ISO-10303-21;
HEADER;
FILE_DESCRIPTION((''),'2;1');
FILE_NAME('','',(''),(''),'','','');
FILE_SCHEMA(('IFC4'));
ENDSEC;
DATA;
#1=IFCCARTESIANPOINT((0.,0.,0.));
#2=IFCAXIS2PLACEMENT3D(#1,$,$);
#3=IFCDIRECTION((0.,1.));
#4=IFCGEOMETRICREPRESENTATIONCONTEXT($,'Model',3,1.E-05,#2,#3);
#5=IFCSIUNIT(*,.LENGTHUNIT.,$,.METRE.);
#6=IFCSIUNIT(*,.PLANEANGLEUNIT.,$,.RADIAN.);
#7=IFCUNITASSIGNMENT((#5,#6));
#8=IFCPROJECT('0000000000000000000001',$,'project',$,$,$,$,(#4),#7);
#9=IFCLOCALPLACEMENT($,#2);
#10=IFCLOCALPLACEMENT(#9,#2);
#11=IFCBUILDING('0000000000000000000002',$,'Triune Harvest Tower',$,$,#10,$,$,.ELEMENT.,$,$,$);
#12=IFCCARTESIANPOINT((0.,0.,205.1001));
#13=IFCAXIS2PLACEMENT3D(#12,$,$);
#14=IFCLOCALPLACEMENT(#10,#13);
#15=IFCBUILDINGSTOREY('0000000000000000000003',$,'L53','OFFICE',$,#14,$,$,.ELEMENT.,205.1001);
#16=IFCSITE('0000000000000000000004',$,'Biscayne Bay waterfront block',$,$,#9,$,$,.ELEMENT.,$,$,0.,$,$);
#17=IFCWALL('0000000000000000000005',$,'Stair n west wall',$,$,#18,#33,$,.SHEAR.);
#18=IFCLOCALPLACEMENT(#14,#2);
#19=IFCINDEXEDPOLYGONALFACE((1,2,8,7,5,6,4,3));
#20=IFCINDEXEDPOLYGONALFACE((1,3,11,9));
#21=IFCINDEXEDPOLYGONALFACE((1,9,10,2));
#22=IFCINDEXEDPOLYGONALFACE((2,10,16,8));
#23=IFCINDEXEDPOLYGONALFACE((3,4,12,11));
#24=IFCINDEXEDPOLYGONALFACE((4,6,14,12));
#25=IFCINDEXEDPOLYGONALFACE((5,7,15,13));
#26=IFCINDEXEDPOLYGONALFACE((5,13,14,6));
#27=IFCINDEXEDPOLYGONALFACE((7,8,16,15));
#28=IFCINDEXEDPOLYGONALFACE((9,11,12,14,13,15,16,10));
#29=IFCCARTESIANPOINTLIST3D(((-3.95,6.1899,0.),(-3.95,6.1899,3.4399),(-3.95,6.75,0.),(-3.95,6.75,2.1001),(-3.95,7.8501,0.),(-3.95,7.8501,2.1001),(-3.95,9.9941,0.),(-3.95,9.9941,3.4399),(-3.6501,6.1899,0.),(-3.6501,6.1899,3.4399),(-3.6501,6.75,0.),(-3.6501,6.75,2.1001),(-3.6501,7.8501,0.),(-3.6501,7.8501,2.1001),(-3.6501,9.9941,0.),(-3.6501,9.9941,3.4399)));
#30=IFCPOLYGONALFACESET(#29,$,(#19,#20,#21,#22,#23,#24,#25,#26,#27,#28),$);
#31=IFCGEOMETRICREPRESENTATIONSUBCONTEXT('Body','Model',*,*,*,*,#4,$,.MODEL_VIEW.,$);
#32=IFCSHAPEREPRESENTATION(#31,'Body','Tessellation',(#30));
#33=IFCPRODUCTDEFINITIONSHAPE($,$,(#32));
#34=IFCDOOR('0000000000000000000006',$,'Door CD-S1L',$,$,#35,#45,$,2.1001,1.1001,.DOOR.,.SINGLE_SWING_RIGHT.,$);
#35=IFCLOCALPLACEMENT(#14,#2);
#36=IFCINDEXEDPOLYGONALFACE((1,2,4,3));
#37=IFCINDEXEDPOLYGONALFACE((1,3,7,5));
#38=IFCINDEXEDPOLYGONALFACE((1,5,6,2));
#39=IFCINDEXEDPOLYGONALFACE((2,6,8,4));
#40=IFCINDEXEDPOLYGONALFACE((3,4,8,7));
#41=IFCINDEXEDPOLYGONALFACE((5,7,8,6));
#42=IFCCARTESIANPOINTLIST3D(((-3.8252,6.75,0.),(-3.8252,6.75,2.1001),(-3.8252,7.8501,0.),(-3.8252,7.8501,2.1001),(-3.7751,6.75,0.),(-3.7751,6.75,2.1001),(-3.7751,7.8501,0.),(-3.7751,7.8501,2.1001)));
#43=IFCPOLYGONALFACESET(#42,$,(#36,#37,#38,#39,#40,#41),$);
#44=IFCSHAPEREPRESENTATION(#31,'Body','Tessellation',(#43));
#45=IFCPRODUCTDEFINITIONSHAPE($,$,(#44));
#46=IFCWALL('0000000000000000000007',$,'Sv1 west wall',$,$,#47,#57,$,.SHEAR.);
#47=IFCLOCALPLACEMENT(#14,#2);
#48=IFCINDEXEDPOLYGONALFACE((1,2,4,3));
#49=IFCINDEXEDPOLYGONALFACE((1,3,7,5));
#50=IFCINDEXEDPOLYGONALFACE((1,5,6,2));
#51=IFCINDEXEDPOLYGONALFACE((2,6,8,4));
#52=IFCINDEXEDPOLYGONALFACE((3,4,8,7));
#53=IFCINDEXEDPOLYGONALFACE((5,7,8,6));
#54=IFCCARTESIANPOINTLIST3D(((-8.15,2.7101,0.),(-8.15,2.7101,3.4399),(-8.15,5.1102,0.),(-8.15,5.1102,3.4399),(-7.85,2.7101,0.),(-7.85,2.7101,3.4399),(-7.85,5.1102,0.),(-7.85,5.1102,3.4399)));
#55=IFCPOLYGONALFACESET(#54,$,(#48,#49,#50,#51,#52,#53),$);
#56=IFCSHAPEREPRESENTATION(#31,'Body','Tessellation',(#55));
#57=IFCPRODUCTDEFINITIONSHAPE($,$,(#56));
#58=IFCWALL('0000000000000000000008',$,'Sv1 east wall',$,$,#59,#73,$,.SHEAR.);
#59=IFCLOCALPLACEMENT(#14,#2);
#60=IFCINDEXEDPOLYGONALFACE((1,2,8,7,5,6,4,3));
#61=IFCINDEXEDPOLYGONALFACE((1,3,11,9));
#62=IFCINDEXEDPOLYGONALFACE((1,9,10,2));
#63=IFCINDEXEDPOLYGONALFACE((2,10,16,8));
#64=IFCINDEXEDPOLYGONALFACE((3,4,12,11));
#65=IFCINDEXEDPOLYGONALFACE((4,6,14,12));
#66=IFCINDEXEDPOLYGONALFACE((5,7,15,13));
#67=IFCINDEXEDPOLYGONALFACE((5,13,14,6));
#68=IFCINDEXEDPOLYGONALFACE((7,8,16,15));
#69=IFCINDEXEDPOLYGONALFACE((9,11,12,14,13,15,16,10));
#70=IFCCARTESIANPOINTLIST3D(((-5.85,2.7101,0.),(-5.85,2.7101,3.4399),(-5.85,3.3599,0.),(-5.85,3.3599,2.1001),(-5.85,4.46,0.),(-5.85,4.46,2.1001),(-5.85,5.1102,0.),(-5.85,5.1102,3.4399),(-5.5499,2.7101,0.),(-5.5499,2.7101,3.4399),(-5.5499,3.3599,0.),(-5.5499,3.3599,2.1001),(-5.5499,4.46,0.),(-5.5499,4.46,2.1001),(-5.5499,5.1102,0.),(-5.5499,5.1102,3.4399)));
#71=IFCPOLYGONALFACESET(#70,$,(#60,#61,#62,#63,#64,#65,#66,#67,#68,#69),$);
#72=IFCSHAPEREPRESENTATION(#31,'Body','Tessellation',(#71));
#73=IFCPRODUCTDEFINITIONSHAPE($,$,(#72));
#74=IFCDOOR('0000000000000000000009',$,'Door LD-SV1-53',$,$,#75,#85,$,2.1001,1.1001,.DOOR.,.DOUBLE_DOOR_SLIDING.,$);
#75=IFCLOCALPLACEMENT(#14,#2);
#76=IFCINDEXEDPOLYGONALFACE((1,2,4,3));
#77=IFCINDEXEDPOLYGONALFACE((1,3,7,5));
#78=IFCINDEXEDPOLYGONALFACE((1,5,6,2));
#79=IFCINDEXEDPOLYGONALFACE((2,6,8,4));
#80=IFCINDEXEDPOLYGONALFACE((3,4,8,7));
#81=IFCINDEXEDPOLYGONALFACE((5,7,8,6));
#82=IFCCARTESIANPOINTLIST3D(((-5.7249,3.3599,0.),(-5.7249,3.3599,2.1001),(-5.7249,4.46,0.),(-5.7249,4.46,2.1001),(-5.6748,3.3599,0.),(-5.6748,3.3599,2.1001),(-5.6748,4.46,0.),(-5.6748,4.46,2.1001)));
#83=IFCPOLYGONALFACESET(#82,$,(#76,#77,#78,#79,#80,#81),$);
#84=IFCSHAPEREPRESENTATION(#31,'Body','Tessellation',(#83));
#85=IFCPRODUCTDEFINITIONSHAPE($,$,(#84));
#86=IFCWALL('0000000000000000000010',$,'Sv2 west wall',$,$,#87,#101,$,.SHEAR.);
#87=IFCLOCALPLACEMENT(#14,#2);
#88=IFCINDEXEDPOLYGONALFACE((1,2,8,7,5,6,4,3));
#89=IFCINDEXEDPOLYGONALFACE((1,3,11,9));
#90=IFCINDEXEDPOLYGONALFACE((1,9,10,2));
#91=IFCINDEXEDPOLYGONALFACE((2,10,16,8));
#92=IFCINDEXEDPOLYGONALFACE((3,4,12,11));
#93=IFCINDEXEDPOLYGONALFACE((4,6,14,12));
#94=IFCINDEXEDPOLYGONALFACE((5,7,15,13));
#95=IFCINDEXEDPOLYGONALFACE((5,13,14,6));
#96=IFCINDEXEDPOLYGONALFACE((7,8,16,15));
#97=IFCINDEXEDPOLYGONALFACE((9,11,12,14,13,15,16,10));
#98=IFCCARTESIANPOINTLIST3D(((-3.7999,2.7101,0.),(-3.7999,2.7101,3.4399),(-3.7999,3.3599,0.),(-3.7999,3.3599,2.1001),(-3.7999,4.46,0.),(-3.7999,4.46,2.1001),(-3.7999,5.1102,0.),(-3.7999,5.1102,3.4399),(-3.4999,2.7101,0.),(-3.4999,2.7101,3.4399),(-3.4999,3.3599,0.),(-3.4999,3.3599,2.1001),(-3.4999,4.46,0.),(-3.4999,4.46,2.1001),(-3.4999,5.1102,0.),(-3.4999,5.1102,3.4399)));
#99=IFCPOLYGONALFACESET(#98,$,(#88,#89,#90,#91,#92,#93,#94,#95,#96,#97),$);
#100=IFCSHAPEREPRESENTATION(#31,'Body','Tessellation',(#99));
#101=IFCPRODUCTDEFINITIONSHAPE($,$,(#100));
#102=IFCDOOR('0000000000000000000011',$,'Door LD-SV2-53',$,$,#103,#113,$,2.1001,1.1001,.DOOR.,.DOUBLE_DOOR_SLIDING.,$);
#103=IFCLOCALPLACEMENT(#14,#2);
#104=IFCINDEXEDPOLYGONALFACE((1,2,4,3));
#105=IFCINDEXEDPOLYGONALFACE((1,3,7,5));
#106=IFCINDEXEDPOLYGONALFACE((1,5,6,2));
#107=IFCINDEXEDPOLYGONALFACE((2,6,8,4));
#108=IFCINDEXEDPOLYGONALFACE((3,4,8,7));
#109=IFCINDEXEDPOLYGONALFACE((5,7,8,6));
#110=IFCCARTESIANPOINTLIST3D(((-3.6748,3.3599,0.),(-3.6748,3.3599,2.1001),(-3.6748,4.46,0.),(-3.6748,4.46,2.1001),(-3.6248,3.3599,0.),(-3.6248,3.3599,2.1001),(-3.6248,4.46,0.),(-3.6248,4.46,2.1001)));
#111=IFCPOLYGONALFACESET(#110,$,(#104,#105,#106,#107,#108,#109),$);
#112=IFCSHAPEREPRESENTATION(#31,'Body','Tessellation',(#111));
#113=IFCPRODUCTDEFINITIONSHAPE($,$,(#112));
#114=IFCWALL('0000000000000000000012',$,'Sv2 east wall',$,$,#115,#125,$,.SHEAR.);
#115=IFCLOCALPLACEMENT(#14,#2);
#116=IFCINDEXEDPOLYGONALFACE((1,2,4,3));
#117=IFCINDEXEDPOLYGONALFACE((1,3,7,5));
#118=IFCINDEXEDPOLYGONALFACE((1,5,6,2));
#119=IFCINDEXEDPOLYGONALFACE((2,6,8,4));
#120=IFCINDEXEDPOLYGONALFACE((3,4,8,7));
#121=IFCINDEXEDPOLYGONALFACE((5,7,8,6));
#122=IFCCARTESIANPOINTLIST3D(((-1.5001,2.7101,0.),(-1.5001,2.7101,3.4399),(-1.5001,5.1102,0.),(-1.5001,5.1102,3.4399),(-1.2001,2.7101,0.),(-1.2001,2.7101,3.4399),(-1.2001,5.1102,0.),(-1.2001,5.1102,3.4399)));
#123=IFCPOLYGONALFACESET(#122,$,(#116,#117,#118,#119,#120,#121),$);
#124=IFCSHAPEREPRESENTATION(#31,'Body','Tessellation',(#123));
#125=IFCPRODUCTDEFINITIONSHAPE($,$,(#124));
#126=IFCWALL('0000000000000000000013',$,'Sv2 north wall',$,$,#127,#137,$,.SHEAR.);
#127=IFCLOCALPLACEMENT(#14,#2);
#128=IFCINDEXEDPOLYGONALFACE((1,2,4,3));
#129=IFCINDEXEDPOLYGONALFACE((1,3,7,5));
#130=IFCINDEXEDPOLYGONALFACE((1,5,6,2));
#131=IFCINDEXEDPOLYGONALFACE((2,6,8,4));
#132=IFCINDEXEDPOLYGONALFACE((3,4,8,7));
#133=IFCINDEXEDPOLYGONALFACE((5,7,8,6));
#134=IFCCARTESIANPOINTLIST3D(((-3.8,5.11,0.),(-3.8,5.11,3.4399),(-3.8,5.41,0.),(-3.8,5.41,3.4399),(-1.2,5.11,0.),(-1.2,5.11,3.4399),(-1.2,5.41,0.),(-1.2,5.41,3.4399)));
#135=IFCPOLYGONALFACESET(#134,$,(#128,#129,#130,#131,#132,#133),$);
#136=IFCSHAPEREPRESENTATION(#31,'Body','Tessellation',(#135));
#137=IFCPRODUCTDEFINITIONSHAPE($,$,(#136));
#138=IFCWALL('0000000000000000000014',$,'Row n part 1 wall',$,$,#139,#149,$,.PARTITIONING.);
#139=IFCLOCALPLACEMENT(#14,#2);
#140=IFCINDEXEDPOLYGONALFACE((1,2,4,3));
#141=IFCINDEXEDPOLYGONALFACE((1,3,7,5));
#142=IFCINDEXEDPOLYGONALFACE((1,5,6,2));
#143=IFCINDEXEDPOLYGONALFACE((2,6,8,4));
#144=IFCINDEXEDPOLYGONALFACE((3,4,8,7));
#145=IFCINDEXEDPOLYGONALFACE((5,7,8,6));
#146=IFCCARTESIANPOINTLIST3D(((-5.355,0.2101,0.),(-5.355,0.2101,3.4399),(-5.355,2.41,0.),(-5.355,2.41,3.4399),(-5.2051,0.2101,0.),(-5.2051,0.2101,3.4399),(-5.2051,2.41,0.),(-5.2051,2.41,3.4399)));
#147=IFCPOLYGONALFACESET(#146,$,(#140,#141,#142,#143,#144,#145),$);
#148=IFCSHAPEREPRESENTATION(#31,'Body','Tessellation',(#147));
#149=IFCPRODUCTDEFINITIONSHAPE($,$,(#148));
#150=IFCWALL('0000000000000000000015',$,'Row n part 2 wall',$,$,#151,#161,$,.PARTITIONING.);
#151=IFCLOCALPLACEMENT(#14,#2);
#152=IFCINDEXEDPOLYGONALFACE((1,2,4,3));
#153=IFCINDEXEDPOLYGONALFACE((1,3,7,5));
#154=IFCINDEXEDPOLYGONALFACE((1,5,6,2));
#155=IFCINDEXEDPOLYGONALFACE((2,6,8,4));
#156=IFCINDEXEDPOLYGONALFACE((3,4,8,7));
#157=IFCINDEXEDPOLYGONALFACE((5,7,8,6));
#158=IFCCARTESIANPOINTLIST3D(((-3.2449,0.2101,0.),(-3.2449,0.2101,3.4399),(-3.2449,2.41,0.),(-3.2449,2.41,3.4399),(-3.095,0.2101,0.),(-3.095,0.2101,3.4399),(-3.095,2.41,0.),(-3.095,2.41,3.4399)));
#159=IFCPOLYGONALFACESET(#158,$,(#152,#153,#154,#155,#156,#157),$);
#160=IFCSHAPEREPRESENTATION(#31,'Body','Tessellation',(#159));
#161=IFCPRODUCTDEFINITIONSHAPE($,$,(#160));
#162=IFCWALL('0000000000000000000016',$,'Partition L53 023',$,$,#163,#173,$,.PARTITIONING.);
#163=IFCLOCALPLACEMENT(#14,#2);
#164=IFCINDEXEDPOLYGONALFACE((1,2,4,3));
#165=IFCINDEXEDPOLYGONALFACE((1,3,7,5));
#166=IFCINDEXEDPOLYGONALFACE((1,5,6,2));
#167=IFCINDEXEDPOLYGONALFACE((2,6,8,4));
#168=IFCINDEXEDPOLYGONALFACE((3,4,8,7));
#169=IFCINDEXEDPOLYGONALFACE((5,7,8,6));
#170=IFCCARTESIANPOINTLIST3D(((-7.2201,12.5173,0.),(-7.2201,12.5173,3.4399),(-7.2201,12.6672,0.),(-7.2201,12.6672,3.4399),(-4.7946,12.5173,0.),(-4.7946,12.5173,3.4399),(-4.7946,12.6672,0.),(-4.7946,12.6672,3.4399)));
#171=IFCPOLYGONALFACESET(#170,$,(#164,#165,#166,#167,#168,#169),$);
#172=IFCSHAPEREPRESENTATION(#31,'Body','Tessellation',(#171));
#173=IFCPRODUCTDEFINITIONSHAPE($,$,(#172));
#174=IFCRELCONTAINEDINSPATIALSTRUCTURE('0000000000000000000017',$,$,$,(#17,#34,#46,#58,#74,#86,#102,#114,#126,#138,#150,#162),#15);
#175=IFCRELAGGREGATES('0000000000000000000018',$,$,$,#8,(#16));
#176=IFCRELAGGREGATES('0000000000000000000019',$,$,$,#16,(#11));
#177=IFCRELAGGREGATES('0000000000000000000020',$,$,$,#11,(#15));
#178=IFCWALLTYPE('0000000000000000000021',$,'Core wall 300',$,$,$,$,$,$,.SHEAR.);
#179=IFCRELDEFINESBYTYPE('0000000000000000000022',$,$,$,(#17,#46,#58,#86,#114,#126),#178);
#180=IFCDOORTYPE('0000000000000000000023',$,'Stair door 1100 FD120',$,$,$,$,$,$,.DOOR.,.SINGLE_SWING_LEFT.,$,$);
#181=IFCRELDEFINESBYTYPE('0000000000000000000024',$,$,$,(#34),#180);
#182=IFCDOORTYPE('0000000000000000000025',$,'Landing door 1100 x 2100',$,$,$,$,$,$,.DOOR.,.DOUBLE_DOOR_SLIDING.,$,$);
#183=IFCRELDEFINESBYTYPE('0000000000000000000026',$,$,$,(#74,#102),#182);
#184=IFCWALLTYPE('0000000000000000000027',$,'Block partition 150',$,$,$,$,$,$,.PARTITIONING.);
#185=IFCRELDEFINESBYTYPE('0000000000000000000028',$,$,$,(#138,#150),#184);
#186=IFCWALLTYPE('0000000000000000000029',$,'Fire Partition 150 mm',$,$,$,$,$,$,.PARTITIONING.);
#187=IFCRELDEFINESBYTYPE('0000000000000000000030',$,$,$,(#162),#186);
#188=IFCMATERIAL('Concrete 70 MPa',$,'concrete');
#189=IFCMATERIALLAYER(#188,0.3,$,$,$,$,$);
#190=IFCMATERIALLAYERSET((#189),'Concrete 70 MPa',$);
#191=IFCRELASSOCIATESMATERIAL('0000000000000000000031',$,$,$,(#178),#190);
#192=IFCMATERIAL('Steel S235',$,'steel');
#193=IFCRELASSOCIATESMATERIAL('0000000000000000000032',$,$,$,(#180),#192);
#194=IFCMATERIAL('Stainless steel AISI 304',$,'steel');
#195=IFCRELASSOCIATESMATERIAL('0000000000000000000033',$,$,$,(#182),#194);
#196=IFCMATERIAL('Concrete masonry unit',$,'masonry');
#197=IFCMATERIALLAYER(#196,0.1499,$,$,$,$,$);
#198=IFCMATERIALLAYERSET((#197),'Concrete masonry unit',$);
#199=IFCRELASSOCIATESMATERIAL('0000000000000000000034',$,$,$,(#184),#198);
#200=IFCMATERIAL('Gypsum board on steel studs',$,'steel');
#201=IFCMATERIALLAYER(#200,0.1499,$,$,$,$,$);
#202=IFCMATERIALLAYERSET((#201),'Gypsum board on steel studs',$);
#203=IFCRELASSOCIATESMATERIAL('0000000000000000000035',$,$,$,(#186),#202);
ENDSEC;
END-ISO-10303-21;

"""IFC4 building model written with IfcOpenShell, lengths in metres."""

from ifc_helpers import new_model, si_unit, direction, frame, frame_2d, origin, place, context, subcontext, project, spatial, polyline, rectangle, outline, extrude, source, transform, mapped, material, layer, layer_set, type_object, element, fill, save


model = new_model("IFC4")

# Units and contexts
model_context = context("Model", 3, precision=1e-05, world=origin(), true_north=direction((0.0, 1.0)))
body_context = subcontext(model_context, "Body", "Model", "MODEL_VIEW")
ifc_project = project(units=[si_unit("LENGTHUNIT", "METRE"), si_unit("PLANEANGLEUNIT", "RADIAN")], contexts=[model_context])

# Site, building, storey
site_placement = place(None, origin())
site = spatial("IfcSite", under=ifc_project, at=site_placement, Name="Biscayne Bay waterfront block", CompositionType="ELEMENT", RefElevation=0.0)
building_placement = place(site_placement, origin())
building = spatial("IfcBuilding", under=site, at=building_placement, Name="Triune Harvest Tower", CompositionType="ELEMENT")
storey_placement = place(building_placement, frame((0.0, 0.0, 205.1001)))
storey = spatial("IfcBuildingStorey", under=building, at=storey_placement, Name="L53", Description="OFFICE", CompositionType="ELEMENT", Elevation=205.1001)

# Shared definitions
ifc_material_1 = material(Name="Concrete 70 MPa", Category="concrete")
ifc_layer_1 = layer(ifc_material_1, 0.3)
ifc_layer_set_1 = layer_set([ifc_layer_1], Name="Concrete 70 MPa")
wall_type_1 = type_object("IfcWallType", Name="Core wall 300", PredefinedType="SHEAR", material=ifc_layer_set_1)

# Wall, opening, door
shared_shape_1 = source(origin(), body_context, "Body", "SweptSolid", [
    extrude(outline(polyline([(0.0, -0.1499), (0.0, 0.1499), (3.8042, 0.1499), (3.8042, -0.1499), (0.0, -0.1499)])), origin(), (0.0, 0.0, 1.0), 3.4399),
])
wall_1_placement = place(storey_placement, frame((-3.8, 6.1899, 0.0), z_axis=(0.0, 0.0, 1.0), x_axis=(0.0, 1.0, 0.0)))
wall_1 = element("IfcWall", 1, at=wall_1_placement, inside=storey, type_object=wall_type_1, Name="Stair n west wall", PredefinedType="SHEAR", context=body_context, shape_type="MappedRepresentation", body=[
    mapped(shared_shape_1, transform((0.0, 0.0, 0.0), scale=1.0)),
])
opening_1_placement = place(wall_1_placement, frame((0.5601, 0.0, 0.0)))
opening_1 = element("IfcOpeningElement", 2, at=opening_1_placement, cuts=wall_1, PredefinedType="OPENING", context=body_context, shape_type="SweptSolid", body=[
    extrude(rectangle(XDim=1.1001, YDim=2.1001, at=frame_2d((0.55, 1.05))), frame((0.0, 0.1602, 0.0), z_axis=(0.0, -1.0, 0.0), x_axis=(1.0, 0.0, 0.0)), (0.0, 0.0, 1.0), 0.3201),
])
ifc_material_2 = material(Name="Steel S235", Category="steel")
door_type_1 = type_object("IfcDoorType", Name="Stair door 1100 FD120", OperationType="SINGLE_SWING_LEFT", PredefinedType="DOOR", material=ifc_material_2)
door_1_placement = place(opening_1_placement, frame((1.1001, 0.0, 0.0), z_axis=(0.0, 0.0, 1.0), x_axis=(-1.0, 0.0, 0.0)))
door_1 = element("IfcDoor", 3, at=door_1_placement, inside=storey, type_object=door_type_1, Name="Door CD-S1L", OperationType="SINGLE_SWING_RIGHT", OverallHeight=2.1001, OverallWidth=1.1001, PredefinedType="DOOR", context=body_context, shape_type="SweptSolid", body=[
    extrude(rectangle(XDim=1.1001, YDim=2.1001, at=frame_2d((0.55, 1.05))), frame((0.0, 0.0249, 0.0), z_axis=(0.0, -1.0, 0.0), x_axis=(1.0, 0.0, 0.0)), (0.0, 0.0, 1.0), 0.05),
])
fill(opening_1, door_1)

# Wall
shared_shape_2 = source(origin(), body_context, "Body", "SweptSolid", [
    extrude(rectangle(XDim=2.4001, YDim=0.3, at=frame_2d((1.2002, 0.0))), origin(), (0.0, 0.0, 1.0), 3.4399),
])
wall_2_placement = place(storey_placement, frame((-8.0, 2.71, 0.0), z_axis=(0.0, 0.0, 1.0), x_axis=(0.0, 1.0, 0.0)))
element("IfcWall", 4, at=wall_2_placement, inside=storey, type_object=wall_type_1, Name="Sv1 west wall", PredefinedType="SHEAR", context=body_context, shape_type="MappedRepresentation", body=[
    mapped(shared_shape_2, transform((0.0, 0.0, 0.0), scale=1.0)),
])

# Walls, openings, doors
wall_3_placement = place(storey_placement, frame((-5.7, 2.71, 0.0), z_axis=(0.0, 0.0, 1.0), x_axis=(0.0, 1.0, 0.0)))
wall_3 = element("IfcWall", 5, at=wall_3_placement, inside=storey, type_object=wall_type_1, Name="Sv1 east wall", PredefinedType="SHEAR", context=body_context, shape_type="MappedRepresentation", body=[
    mapped(shared_shape_2, transform((0.0, 0.0, 0.0), scale=1.0)),
])
opening_2_placement = place(wall_3_placement, frame((0.6499, 0.0, 0.0)))
opening_2 = element("IfcOpeningElement", 6, at=opening_2_placement, cuts=wall_3, PredefinedType="OPENING", context=body_context, shape_type="SweptSolid", body=[
    extrude(rectangle(XDim=1.1001, YDim=2.1001, at=frame_2d((0.55, 1.05))), frame((0.0, 0.1602, 0.0), z_axis=(0.0, -1.0, 0.0), x_axis=(1.0, 0.0, 0.0)), (0.0, 0.0, 1.0), 0.3201),
])
ifc_material_3 = material(Name="Stainless steel AISI 304", Category="steel")
door_type_2 = type_object("IfcDoorType", Name="Landing door 1100 x 2100", OperationType="DOUBLE_DOOR_SLIDING", PredefinedType="DOOR", material=ifc_material_3)
door_2_placement = place(opening_2_placement, origin())
door_2 = element("IfcDoor", 7, at=door_2_placement, inside=storey, type_object=door_type_2, Name="Door LD-SV1-53", OperationType="DOUBLE_DOOR_SLIDING", OverallHeight=2.1001, OverallWidth=1.1001, PredefinedType="DOOR", context=body_context, shape_type="SweptSolid", body=[
    extrude(rectangle(XDim=1.1001, YDim=2.1001, at=frame_2d((0.55, 1.05))), frame((0.0, 0.0249, 0.0), z_axis=(0.0, -1.0, 0.0), x_axis=(1.0, 0.0, 0.0)), (0.0, 0.0, 1.0), 0.05),
])
fill(opening_2, door_2)
wall_4_placement = place(storey_placement, frame((-3.6499, 2.71, 0.0), z_axis=(0.0, 0.0, 1.0), x_axis=(0.0, 1.0, 0.0)))
wall_4 = element("IfcWall", 8, at=wall_4_placement, inside=storey, type_object=wall_type_1, Name="Sv2 west wall", PredefinedType="SHEAR", context=body_context, shape_type="MappedRepresentation", body=[
    mapped(shared_shape_2, transform((0.0, 0.0, 0.0), scale=1.0)),
])
opening_3_placement = place(wall_4_placement, frame((0.6499, 0.0, 0.0)))
opening_3 = element("IfcOpeningElement", 9, at=opening_3_placement, cuts=wall_4, PredefinedType="OPENING", context=body_context, shape_type="SweptSolid", body=[
    extrude(rectangle(XDim=1.1001, YDim=2.1001, at=frame_2d((0.55, 1.05))), frame((0.0, 0.1602, 0.0), z_axis=(0.0, -1.0, 0.0), x_axis=(1.0, 0.0, 0.0)), (0.0, 0.0, 1.0), 0.3201),
])
door_3_placement = place(opening_3_placement, origin())
door_3 = element("IfcDoor", 10, at=door_3_placement, inside=storey, type_object=door_type_2, Name="Door LD-SV2-53", OperationType="DOUBLE_DOOR_SLIDING", OverallHeight=2.1001, OverallWidth=1.1001, PredefinedType="DOOR", context=body_context, shape_type="SweptSolid", body=[
    extrude(rectangle(XDim=1.1001, YDim=2.1001, at=frame_2d((0.55, 1.05))), frame((0.0, 0.0249, 0.0), z_axis=(0.0, -1.0, 0.0), x_axis=(1.0, 0.0, 0.0)), (0.0, 0.0, 1.0), 0.05),
])
fill(opening_3, door_3)

# Walls
wall_5_placement = place(storey_placement, frame((-1.3501, 2.71, 0.0), z_axis=(0.0, 0.0, 1.0), x_axis=(0.0, 1.0, 0.0)))
element("IfcWall", 11, at=wall_5_placement, inside=storey, type_object=wall_type_1, Name="Sv2 east wall", PredefinedType="SHEAR", context=body_context, shape_type="MappedRepresentation", body=[
    mapped(shared_shape_2, transform((0.0, 0.0, 0.0), scale=1.0)),
])
shared_shape_3 = source(origin(), body_context, "Body", "SweptSolid", [
    extrude(rectangle(XDim=2.6001, YDim=0.3, at=frame_2d((1.3, 0.0))), origin(), (0.0, 0.0, 1.0), 3.4399),
])
wall_6_placement = place(storey_placement, frame((-3.8, 5.26, 0.0), z_axis=(0.0, 0.0, 1.0), x_axis=(1.0, 0.0, 0.0)))
element("IfcWall", 12, at=wall_6_placement, inside=storey, type_object=wall_type_1, Name="Sv2 north wall", PredefinedType="SHEAR", context=body_context, shape_type="MappedRepresentation", body=[
    mapped(shared_shape_3, transform((0.0, 0.0, 0.0), scale=1.0)),
])
ifc_material_4 = material(Name="Concrete masonry unit", Category="masonry")
ifc_layer_2 = layer(ifc_material_4, 0.1499)
ifc_layer_set_2 = layer_set([ifc_layer_2], Name="Concrete masonry unit")
wall_type_2 = type_object("IfcWallType", Name="Block partition 150", PredefinedType="PARTITIONING", material=ifc_layer_set_2)
shared_shape_4 = source(origin(), body_context, "Body", "SweptSolid", [
    extrude(rectangle(XDim=2.2, YDim=0.1499, at=frame_2d((1.1001, 0.0))), origin(), (0.0, 0.0, 1.0), 3.4399),
])
for number, where, z_axis, x_axis, name in (
    (13, (-5.28, 0.21, 0.0), (0.0, 0.0, 1.0), (0.0, 1.0, 0.0), "Row n part 1 wall"),
    (14, (-3.1699, 0.21, 0.0), (0.0, 0.0, 1.0), (0.0, 1.0, 0.0), "Row n part 2 wall"),
):
    element("IfcWall", number, at=place(storey_placement, frame(where, z_axis=z_axis, x_axis=x_axis)), inside=storey, type_object=wall_type_2, Name=name, PredefinedType="PARTITIONING", context=body_context, shape_type="MappedRepresentation", body=[
        mapped(shared_shape_4, transform((0.0, 0.0, 0.0), scale=1.0)),
    ])
ifc_material_5 = material(Name="Gypsum board on steel studs", Category="steel")
ifc_layer_3 = layer(ifc_material_5, 0.1499)
ifc_layer_set_3 = layer_set([ifc_layer_3], Name="Gypsum board on steel studs")
wall_type_3 = type_object("IfcWallType", Name="Fire Partition 150 mm", PredefinedType="PARTITIONING", material=ifc_layer_set_3)
shared_shape_5 = source(origin(), body_context, "Body", "SweptSolid", [
    extrude(rectangle(XDim=2.4255, YDim=0.1499, at=frame_2d((1.2129, 0.0))), origin(), (0.0, 0.0, 1.0), 3.4399),
])
wall_7_placement = place(storey_placement, frame((-7.2202, 12.5923, 0.0), z_axis=(0.0, 0.0, 1.0), x_axis=(1.0, 0.0, 0.0)))
element("IfcWall", 15, at=wall_7_placement, inside=storey, type_object=wall_type_3, Name="Partition L53 023", PredefinedType="PARTITIONING", context=body_context, shape_type="MappedRepresentation", body=[
    mapped(shared_shape_5, transform((0.0, 0.0, 0.0), scale=1.0)),
])

save(model, "model.ifc")
